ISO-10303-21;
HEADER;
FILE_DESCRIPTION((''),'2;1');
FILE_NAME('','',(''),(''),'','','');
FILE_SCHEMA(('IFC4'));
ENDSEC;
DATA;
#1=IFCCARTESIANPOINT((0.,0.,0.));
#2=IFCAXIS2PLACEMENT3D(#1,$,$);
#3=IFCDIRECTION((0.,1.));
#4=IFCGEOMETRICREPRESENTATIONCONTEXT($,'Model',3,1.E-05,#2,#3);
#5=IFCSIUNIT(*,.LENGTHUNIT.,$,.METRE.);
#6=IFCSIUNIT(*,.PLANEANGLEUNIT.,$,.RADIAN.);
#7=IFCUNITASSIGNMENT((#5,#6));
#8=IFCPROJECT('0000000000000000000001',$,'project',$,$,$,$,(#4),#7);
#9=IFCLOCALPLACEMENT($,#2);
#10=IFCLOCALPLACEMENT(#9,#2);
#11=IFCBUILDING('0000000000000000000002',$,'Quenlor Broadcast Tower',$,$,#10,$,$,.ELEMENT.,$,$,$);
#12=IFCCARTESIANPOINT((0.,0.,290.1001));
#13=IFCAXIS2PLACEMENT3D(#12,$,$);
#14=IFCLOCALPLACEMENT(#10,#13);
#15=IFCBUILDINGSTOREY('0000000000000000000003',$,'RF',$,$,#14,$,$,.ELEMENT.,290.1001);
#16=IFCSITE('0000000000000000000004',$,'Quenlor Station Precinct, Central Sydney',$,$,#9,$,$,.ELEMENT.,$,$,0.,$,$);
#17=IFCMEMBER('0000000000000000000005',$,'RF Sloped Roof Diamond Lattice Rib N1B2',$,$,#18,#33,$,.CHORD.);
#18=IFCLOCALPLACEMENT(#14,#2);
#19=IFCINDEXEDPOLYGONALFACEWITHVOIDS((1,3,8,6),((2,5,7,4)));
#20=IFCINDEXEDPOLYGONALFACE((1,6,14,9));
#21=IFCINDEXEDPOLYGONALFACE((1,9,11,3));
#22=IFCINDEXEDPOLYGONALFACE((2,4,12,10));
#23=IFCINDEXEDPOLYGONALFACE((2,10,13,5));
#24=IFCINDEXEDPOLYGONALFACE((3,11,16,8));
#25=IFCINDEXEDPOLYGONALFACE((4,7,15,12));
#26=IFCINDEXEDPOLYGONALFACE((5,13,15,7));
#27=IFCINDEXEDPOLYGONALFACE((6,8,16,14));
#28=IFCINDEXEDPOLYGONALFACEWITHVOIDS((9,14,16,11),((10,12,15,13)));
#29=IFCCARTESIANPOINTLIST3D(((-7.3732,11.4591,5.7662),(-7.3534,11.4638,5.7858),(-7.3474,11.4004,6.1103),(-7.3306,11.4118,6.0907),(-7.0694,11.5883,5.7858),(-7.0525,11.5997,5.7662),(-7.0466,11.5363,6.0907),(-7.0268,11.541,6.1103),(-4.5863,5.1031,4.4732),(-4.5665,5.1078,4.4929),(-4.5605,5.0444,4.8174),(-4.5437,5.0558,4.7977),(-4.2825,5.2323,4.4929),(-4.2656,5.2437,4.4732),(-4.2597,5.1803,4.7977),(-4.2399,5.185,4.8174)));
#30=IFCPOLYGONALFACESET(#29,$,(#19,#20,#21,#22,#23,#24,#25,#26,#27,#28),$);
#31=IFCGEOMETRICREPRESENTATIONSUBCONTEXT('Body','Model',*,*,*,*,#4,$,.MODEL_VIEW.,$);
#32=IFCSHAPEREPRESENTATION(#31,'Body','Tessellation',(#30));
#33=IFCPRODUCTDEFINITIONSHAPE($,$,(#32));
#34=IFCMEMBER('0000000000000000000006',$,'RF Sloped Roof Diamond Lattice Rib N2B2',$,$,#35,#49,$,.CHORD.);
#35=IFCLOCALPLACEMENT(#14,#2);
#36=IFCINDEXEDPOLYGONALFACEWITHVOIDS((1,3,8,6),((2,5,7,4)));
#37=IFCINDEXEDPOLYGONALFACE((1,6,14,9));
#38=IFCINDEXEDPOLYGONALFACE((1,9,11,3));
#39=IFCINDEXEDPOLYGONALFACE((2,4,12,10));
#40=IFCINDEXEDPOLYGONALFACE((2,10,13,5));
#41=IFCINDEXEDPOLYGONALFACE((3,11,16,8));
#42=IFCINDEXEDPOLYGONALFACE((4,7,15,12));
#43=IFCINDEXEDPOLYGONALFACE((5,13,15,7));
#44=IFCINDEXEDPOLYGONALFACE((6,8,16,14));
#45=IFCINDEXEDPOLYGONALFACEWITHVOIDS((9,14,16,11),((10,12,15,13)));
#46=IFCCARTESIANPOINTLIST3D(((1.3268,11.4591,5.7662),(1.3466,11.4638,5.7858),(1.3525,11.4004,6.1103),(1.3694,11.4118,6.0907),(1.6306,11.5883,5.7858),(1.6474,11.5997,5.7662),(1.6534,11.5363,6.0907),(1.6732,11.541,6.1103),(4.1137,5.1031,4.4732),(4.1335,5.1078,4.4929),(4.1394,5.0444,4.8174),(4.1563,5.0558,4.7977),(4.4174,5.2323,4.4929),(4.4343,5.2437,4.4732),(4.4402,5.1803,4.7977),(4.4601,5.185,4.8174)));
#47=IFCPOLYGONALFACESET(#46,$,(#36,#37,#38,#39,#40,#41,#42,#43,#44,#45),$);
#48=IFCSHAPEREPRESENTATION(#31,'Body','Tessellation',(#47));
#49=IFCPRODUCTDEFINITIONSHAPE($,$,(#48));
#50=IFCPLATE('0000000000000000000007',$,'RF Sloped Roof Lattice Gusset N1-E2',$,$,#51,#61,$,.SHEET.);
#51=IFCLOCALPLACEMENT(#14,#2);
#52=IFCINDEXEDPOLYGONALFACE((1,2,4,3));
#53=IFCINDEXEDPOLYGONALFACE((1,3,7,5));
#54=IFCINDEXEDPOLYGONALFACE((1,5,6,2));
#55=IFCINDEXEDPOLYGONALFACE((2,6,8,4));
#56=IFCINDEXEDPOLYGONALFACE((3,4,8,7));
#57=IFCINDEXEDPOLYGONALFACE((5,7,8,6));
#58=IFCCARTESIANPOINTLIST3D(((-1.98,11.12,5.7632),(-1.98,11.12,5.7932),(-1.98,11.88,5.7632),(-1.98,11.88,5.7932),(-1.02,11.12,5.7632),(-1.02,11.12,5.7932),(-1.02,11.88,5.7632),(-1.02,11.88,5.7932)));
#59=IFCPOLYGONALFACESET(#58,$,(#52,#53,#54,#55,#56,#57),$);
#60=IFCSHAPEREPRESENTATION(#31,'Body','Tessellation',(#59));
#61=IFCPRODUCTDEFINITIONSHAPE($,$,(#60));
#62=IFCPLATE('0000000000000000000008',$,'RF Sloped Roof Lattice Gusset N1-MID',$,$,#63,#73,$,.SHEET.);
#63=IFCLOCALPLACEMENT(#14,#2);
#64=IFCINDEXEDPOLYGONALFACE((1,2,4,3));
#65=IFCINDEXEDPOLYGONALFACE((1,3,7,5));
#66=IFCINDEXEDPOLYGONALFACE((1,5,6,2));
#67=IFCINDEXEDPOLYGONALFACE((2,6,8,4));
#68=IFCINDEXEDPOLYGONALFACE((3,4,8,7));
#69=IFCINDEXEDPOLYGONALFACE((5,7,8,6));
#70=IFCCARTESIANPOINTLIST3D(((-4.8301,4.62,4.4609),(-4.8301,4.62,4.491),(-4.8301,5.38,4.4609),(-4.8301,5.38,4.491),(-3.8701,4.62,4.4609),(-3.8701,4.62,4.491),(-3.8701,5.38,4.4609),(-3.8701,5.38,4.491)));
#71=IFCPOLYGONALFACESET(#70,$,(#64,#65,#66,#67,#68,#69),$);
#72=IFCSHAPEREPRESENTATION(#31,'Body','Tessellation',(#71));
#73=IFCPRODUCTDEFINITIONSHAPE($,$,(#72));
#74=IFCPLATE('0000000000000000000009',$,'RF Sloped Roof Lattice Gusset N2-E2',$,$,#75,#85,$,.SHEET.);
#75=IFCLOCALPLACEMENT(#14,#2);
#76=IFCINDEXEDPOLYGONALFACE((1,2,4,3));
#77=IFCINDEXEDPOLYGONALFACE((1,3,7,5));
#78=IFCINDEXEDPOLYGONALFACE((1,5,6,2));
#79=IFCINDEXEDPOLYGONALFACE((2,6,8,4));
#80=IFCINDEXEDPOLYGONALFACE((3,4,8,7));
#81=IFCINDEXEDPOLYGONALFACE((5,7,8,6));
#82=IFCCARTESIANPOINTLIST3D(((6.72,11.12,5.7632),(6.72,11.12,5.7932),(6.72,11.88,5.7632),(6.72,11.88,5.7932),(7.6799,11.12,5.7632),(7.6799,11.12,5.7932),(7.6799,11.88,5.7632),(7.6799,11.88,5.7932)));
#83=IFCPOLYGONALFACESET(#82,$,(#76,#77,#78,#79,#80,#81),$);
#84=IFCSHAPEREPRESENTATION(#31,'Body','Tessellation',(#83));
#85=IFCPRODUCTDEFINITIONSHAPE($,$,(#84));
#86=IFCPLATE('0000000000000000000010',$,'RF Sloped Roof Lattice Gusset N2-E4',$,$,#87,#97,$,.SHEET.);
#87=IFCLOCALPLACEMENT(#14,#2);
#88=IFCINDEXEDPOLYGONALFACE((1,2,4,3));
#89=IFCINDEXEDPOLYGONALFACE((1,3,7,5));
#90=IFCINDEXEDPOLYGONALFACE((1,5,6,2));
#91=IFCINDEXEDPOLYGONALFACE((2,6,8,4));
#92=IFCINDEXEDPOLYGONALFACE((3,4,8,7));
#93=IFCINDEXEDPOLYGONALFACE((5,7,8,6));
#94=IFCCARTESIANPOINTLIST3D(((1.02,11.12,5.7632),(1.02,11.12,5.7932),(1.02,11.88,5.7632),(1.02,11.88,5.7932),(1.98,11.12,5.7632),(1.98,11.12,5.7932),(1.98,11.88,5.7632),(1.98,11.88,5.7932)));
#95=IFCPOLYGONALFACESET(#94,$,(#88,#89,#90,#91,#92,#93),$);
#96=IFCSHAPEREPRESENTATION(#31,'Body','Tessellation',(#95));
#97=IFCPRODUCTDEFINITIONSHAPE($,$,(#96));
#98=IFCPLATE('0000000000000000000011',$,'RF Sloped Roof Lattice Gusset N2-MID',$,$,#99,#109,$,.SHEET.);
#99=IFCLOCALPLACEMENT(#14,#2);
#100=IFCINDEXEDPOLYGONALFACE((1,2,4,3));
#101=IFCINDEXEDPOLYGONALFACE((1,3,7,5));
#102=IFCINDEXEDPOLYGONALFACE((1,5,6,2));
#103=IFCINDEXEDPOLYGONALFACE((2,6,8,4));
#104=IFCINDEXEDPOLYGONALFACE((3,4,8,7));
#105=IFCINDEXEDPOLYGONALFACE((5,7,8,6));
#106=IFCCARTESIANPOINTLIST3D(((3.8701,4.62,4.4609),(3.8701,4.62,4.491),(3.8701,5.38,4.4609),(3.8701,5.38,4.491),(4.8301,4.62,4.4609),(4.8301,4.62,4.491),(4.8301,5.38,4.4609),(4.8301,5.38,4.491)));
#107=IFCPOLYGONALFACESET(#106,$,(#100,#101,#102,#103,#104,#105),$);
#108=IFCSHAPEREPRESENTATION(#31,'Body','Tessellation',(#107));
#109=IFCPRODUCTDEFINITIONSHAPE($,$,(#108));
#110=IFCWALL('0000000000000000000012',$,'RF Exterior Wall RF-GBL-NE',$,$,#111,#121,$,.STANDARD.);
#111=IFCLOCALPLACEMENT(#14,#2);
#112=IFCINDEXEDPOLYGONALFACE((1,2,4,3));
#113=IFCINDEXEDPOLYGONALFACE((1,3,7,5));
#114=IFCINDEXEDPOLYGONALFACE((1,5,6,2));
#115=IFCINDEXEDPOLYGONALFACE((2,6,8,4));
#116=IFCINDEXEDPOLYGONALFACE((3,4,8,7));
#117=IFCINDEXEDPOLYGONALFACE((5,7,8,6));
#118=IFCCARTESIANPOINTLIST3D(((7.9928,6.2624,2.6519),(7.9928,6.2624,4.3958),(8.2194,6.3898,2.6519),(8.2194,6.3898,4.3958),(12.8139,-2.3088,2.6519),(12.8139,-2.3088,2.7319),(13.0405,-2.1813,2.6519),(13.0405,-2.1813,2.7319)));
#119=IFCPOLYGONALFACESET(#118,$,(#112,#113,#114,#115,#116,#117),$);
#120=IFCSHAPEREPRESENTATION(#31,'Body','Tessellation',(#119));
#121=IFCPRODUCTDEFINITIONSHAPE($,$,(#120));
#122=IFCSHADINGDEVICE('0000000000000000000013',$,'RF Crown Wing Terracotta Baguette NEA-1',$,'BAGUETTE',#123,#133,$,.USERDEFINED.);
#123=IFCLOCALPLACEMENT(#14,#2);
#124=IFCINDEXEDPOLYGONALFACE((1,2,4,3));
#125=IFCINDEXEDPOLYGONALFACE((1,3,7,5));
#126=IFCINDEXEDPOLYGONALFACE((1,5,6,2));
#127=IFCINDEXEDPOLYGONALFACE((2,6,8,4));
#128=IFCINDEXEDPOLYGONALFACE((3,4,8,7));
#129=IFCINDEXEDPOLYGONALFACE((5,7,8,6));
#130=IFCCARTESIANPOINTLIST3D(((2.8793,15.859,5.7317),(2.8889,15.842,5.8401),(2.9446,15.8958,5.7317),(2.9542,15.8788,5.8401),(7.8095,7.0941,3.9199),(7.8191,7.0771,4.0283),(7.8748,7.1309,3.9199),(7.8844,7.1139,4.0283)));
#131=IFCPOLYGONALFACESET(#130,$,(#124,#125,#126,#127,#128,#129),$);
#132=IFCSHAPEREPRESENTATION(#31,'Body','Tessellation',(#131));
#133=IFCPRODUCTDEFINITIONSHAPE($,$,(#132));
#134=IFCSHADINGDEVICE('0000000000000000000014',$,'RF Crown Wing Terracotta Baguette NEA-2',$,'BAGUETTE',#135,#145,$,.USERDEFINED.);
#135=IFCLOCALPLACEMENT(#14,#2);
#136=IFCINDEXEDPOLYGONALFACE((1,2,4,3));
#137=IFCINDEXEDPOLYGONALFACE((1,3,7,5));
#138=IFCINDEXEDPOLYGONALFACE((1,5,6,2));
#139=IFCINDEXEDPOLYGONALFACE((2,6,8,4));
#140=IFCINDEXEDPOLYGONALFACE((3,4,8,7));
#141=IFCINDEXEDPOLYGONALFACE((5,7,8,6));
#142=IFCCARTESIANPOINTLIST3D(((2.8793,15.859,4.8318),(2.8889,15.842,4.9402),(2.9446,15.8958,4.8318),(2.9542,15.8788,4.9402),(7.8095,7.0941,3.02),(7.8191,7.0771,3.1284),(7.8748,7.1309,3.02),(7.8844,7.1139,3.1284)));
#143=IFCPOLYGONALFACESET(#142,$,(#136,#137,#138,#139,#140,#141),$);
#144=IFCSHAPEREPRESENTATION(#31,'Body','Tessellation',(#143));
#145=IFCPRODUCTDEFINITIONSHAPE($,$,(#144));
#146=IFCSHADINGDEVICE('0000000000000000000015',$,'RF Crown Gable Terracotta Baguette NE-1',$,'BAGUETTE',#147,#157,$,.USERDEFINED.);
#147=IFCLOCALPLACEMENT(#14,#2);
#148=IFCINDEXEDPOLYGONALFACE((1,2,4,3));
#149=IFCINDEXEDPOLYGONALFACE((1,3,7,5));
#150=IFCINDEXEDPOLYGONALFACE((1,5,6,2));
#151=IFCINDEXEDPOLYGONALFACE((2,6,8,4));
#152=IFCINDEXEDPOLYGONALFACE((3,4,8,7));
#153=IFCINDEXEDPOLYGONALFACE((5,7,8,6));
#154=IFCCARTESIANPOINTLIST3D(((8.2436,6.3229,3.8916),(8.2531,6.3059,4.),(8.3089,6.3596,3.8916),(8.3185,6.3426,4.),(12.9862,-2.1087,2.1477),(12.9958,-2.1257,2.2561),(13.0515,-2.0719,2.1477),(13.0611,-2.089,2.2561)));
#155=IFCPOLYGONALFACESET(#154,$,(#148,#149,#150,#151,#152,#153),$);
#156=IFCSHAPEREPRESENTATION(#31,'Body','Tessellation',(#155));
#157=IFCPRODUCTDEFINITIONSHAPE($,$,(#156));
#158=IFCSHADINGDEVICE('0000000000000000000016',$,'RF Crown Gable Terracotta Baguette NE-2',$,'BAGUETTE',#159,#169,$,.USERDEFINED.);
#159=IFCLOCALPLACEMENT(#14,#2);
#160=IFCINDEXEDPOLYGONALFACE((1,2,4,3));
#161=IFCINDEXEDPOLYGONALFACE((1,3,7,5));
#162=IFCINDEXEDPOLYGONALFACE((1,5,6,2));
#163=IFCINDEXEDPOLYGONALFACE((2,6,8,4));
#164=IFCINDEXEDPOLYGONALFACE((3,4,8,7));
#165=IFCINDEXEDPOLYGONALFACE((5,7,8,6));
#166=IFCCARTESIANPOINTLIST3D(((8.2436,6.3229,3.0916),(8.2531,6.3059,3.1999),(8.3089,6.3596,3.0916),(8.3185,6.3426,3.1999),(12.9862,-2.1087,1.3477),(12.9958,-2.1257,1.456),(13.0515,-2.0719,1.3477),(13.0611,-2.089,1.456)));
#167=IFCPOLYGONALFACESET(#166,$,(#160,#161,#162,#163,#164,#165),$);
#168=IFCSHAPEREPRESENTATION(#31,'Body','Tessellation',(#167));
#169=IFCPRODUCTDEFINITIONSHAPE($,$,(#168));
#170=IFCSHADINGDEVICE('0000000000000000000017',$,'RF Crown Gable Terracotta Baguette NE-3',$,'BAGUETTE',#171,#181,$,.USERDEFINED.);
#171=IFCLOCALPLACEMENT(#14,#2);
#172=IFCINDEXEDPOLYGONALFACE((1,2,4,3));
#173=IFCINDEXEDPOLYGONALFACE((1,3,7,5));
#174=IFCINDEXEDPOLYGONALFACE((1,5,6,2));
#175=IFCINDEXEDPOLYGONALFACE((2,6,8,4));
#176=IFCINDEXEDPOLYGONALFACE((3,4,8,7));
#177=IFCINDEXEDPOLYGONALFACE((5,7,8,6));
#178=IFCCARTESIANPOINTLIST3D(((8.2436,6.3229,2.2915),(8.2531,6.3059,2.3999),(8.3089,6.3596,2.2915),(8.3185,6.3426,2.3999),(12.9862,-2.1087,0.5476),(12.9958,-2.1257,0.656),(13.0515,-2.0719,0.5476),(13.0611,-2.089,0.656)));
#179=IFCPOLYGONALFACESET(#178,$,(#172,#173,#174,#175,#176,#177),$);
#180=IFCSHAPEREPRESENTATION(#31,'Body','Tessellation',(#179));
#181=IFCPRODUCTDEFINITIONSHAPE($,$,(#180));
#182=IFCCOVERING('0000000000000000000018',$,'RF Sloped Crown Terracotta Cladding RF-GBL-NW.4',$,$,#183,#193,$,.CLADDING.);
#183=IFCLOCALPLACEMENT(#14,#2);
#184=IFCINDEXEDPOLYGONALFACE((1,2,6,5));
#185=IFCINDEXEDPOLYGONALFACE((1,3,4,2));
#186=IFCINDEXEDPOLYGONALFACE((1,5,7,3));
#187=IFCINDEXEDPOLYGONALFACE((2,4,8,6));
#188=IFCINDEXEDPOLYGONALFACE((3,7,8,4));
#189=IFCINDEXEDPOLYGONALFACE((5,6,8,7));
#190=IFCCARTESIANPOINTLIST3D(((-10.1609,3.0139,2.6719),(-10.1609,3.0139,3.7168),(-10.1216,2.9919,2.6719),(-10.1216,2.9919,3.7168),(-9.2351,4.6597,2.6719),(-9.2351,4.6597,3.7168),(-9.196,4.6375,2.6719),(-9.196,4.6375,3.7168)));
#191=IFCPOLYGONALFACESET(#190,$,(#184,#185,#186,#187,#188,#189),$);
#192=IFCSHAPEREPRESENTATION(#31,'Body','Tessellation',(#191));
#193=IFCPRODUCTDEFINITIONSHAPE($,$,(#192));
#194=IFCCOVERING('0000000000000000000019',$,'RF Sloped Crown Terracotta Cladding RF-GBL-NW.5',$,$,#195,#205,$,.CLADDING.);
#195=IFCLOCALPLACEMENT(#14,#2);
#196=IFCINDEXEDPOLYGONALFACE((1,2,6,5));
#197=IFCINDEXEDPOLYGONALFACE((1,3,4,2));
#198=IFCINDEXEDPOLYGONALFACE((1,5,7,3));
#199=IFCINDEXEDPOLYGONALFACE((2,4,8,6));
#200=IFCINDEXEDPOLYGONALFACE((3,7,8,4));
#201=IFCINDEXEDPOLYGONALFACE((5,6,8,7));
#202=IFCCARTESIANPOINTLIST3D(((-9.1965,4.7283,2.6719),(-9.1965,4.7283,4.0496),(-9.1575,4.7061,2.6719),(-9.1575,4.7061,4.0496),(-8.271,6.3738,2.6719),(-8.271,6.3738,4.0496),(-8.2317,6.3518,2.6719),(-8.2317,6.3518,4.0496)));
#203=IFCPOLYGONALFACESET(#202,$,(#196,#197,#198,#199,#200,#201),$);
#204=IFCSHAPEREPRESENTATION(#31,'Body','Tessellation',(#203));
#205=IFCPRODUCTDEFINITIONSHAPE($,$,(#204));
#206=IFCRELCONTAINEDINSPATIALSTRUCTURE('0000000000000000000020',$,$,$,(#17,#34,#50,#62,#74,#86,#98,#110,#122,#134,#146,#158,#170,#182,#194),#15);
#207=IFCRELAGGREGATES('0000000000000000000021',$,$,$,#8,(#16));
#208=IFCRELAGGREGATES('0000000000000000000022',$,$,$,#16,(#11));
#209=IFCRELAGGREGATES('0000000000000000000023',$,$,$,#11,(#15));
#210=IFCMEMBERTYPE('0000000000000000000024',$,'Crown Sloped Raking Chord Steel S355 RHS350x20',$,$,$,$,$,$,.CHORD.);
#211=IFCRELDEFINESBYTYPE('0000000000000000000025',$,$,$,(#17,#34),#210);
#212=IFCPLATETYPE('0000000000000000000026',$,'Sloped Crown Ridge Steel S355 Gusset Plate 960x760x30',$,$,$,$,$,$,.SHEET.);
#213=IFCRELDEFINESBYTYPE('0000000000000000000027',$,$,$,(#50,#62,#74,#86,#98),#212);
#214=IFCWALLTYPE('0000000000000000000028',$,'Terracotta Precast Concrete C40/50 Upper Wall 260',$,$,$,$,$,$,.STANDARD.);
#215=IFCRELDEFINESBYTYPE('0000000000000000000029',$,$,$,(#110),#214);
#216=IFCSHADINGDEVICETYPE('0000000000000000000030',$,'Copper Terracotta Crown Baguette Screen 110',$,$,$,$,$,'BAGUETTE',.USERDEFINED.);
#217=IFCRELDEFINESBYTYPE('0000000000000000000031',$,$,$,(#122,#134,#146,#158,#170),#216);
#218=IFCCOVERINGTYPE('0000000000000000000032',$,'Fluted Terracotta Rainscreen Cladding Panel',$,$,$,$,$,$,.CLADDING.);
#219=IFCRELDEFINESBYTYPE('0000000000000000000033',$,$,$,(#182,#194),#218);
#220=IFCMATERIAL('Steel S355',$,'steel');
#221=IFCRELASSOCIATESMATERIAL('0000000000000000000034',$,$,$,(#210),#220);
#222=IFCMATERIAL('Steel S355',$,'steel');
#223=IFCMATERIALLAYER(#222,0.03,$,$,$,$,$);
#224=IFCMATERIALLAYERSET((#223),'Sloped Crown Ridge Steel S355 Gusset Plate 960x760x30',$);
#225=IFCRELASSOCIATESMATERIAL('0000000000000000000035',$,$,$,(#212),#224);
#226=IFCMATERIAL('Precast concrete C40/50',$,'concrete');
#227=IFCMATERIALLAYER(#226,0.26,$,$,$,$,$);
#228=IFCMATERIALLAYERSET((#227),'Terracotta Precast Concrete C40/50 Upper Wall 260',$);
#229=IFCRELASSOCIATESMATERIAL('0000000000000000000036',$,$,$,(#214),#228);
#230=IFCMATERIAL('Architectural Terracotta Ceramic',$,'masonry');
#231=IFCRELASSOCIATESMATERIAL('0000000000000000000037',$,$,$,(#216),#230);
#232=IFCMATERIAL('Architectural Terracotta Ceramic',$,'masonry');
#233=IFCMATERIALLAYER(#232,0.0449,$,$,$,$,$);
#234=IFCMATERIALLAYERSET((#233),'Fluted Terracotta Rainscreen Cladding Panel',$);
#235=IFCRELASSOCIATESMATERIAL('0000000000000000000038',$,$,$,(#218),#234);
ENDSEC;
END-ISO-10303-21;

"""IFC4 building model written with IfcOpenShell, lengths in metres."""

from ifc_helpers import new_model, si_unit, direction, frame, origin, origin_2d, place, context, subcontext, project, spatial, polyline, rectangle, hollow_rectangle, outline, extrude, material, layer, layer_set, material_profile, profile_set, type_object, element, save


model = new_model("IFC4")

# Units and contexts
model_context = context("Model", 3, precision=1e-05, world=origin(), true_north=direction((0.0, 1.0)))
body_context = subcontext(model_context, "Body", "Model", "MODEL_VIEW")
ifc_project = project(units=[si_unit("LENGTHUNIT", "METRE"), si_unit("PLANEANGLEUNIT", "RADIAN")], contexts=[model_context])

# Site, building, storey
site_placement = place(None, origin())
site = spatial("IfcSite", under=ifc_project, at=site_placement, Name="Quenlor Station Precinct, Central Sydney", CompositionType="ELEMENT", RefElevation=0.0)
building_placement = place(site_placement, origin())
building = spatial("IfcBuilding", under=site, at=building_placement, Name="Quenlor Broadcast Tower", CompositionType="ELEMENT")
storey_placement = place(building_placement, frame((0.0, 0.0, 290.1001)))
storey = spatial("IfcBuildingStorey", under=building, at=storey_placement, Name="RF", CompositionType="ELEMENT", Elevation=290.1001)

# Members
ifc_material_1 = material(Name="Steel S355", Category="steel")
ifc_material_profile_1 = material_profile(ifc_material_1, hollow_rectangle(XDim=0.3501, YDim=0.3501, WallThickness=0.02, at=origin_2d()))
ifc_profile_set_1 = profile_set([ifc_material_profile_1], Name="Steel S355 RHS350x350x20")
member_type = type_object("IfcMemberType", Name="Crown Sloped Raking Chord Steel S355 RHS350x20", PredefinedType="CHORD", material=ifc_profile_set_1)
for number, where, z_axis, x_axis, name in (
    (1, (-4.4131, 5.144, 4.6453), (-0.394768, 0.900341, 0.183153), (-0.915832, -0.401561, 0.0), "RF Sloped Roof Diamond Lattice Rib N1B2"),
    (2, (4.2869, 5.144, 4.6453), (-0.394768, 0.900341, 0.183153), (-0.915832, -0.401561, 0.0), "RF Sloped Roof Diamond Lattice Rib N2B2"),
):
    element("IfcMember", number, at=place(storey_placement, frame(where, z_axis=z_axis, x_axis=x_axis)), inside=storey, type_object=member_type, Name=name, PredefinedType="CHORD", context=body_context, shape_type="SweptSolid", body=[
        extrude(hollow_rectangle(XDim=0.3501, YDim=0.3501, WallThickness=0.02, at=origin_2d()), origin(), (0.0, 0.0, 1.0), 7.0596),
    ])

# Plates
ifc_material_2 = material(Name="Steel S355", Category="steel")
ifc_layer_1 = layer(ifc_material_2, 0.03)
ifc_layer_set_1 = layer_set([ifc_layer_1], Name="Sloped Crown Ridge Steel S355 Gusset Plate 960x760x30")
plate_type = type_object("IfcPlateType", Name="Sloped Crown Ridge Steel S355 Gusset Plate 960x760x30", PredefinedType="SHEET", material=ifc_layer_set_1)
for number, where, z_axis, x_axis, name in (
    (3, (-1.5, 11.5, 5.7632), (0.0, 0.0, 1.0), (1.0, 0.0, 0.0), "RF Sloped Roof Lattice Gusset N1-E2"),
    (4, (-4.3501, 5.0, 4.4609), (0.0, 0.0, 1.0), (1.0, 0.0, 0.0), "RF Sloped Roof Lattice Gusset N1-MID"),
    (5, (7.2, 11.5, 5.7632), (0.0, 0.0, 1.0), (1.0, 0.0, 0.0), "RF Sloped Roof Lattice Gusset N2-E2"),
    (6, (1.5, 11.5, 5.7632), (0.0, 0.0, 1.0), (1.0, 0.0, 0.0), "RF Sloped Roof Lattice Gusset N2-E4"),
    (7, (4.3501, 5.0, 4.4609), (0.0, 0.0, 1.0), (1.0, 0.0, 0.0), "RF Sloped Roof Lattice Gusset N2-MID"),
):
    element("IfcPlate", number, at=place(storey_placement, frame(where, z_axis=z_axis, x_axis=x_axis)), inside=storey, type_object=plate_type, Name=name, PredefinedType="SHEET", context=body_context, shape_type="SweptSolid", body=[
        extrude(rectangle(XDim=0.96, YDim=0.76, at=origin_2d()), origin(), (0.0, 0.0, 1.0), 0.03),
    ])

# Wall
ifc_material_3 = material(Name="Precast concrete C40/50", Category="concrete")
ifc_layer_2 = layer(ifc_material_3, 0.26)
ifc_layer_set_2 = layer_set([ifc_layer_2], Name="Terracotta Precast Concrete C40/50 Upper Wall 260")
wall_type = type_object("IfcWallType", Name="Terracotta Precast Concrete C40/50 Upper Wall 260", PredefinedType="STANDARD", material=ifc_layer_set_2)
wall_placement = place(storey_placement, frame((8.1062, 6.3262, 2.6519), z_axis=(0.0, 0.0, 1.0), x_axis=(0.490248, -0.871583, 0.0)))
element("IfcWall", 8, at=wall_placement, inside=storey, type_object=wall_type, Name="RF Exterior Wall RF-GBL-NE", PredefinedType="STANDARD", context=body_context, shape_type="SweptSolid", body=[
    extrude(outline(polyline([(0.0, 0.0), (9.834, 0.0), (9.834, 0.0801), (0.0, 1.7439), (0.0, 0.0)])), frame((0.0, 0.1299, 0.0), z_axis=(0.0, -1.0, 0.0), x_axis=(1.0, 0.0, 0.0)), (0.0, 0.0, 1.0), 0.26),
])

# Shading devices
ifc_material_4 = material(Name="Architectural Terracotta Ceramic", Category="masonry")
ifc_material_profile_2 = material_profile(ifc_material_4, rectangle(XDim=0.075, YDim=0.1101, at=origin_2d()))
ifc_profile_set_2 = profile_set([ifc_material_profile_2], Name="Architectural Terracotta Ceramic BAG75x110")
shading_device_type_1 = type_object("IfcShadingDeviceType", Name="Copper Terracotta Crown Baguette Screen 110", ElementType="BAGUETTE", PredefinedType="USERDEFINED", material=ifc_profile_set_2)
for number, where, z_axis, x_axis, name in (
    (9, (2.9167, 15.8689, 5.7859), (0.482488, -0.857769, -0.177307), (0.871579, 0.490255, 0.0), "RF Crown Wing Terracotta Baguette NEA-1"),
    (10, (2.9167, 15.8689, 4.886), (0.482488, -0.857769, -0.177307), (0.871579, 0.490255, 0.0), "RF Crown Wing Terracotta Baguette NEA-2"),
):
    element("IfcShadingDevice", number, at=place(storey_placement, frame(where, z_axis=z_axis, x_axis=x_axis)), inside=storey, type_object=shading_device_type_1, Name=name, ObjectType="BAGUETTE", PredefinedType="USERDEFINED", context=body_context, shape_type="SweptSolid", body=[
        extrude(rectangle(XDim=0.075, YDim=0.1101, at=origin_2d()), origin(), (0.0, 0.0, 1.0), 10.2183),
    ])
for number, where, z_axis, x_axis, name in (
    (11, (8.281, 6.3328, 3.9458), (0.482475, -0.857755, -0.177408), (0.871581, 0.490252, 0.0), "RF Crown Gable Terracotta Baguette NE-1"),
    (12, (8.281, 6.3328, 3.1458), (0.482475, -0.857755, -0.177408), (0.871581, 0.490252, 0.0), "RF Crown Gable Terracotta Baguette NE-2"),
    (13, (8.281, 6.3328, 2.3457), (0.482475, -0.857755, -0.177408), (0.871581, 0.490252, 0.0), "RF Crown Gable Terracotta Baguette NE-3"),
):
    element("IfcShadingDevice", number, at=place(storey_placement, frame(where, z_axis=z_axis, x_axis=x_axis)), inside=storey, type_object=shading_device_type_1, Name=name, ObjectType="BAGUETTE", PredefinedType="USERDEFINED", context=body_context, shape_type="SweptSolid", body=[
        extrude(rectangle(XDim=0.075, YDim=0.1101, at=origin_2d()), origin(), (0.0, 0.0, 1.0), 9.8298),
    ])

# Coverings
ifc_material_5 = material(Name="Architectural Terracotta Ceramic", Category="masonry")
ifc_layer_3 = layer(ifc_material_5, 0.0449)
ifc_layer_set_3 = layer_set([ifc_layer_3], Name="Fluted Terracotta Rainscreen Cladding Panel")
covering_type = type_object("IfcCoveringType", Name="Fluted Terracotta Rainscreen Cladding Panel", PredefinedType="CLADDING", material=ifc_layer_set_3)
covering_1_placement = place(storey_placement, frame((0.0, 0.0, 2.6719)))
element("IfcCovering", 14, at=covering_1_placement, inside=storey, type_object=covering_type, Name="RF Sloped Crown Terracotta Cladding RF-GBL-NW.4", PredefinedType="CLADDING", context=body_context, shape_type="SweptSolid", body=[
    extrude(outline(polyline([(-10.1216, 2.9919), (-9.196, 4.6375), (-9.2351, 4.6597), (-10.1609, 3.0139), (-10.1216, 2.9919)])), origin(), (0.0, 0.0, 1.0), 1.0449),
])
covering_2_placement = place(storey_placement, frame((0.0, 0.0, 2.6719)))
element("IfcCovering", 15, at=covering_2_placement, inside=storey, type_object=covering_type, Name="RF Sloped Crown Terracotta Cladding RF-GBL-NW.5", PredefinedType="CLADDING", context=body_context, shape_type="SweptSolid", body=[
    extrude(outline(polyline([(-9.1575, 4.7061), (-8.2317, 6.3518), (-8.271, 6.3738), (-9.1965, 4.7283), (-9.1575, 4.7061)])), origin(), (0.0, 0.0, 1.0), 1.3777),
])

save(model, "model.ifc")
